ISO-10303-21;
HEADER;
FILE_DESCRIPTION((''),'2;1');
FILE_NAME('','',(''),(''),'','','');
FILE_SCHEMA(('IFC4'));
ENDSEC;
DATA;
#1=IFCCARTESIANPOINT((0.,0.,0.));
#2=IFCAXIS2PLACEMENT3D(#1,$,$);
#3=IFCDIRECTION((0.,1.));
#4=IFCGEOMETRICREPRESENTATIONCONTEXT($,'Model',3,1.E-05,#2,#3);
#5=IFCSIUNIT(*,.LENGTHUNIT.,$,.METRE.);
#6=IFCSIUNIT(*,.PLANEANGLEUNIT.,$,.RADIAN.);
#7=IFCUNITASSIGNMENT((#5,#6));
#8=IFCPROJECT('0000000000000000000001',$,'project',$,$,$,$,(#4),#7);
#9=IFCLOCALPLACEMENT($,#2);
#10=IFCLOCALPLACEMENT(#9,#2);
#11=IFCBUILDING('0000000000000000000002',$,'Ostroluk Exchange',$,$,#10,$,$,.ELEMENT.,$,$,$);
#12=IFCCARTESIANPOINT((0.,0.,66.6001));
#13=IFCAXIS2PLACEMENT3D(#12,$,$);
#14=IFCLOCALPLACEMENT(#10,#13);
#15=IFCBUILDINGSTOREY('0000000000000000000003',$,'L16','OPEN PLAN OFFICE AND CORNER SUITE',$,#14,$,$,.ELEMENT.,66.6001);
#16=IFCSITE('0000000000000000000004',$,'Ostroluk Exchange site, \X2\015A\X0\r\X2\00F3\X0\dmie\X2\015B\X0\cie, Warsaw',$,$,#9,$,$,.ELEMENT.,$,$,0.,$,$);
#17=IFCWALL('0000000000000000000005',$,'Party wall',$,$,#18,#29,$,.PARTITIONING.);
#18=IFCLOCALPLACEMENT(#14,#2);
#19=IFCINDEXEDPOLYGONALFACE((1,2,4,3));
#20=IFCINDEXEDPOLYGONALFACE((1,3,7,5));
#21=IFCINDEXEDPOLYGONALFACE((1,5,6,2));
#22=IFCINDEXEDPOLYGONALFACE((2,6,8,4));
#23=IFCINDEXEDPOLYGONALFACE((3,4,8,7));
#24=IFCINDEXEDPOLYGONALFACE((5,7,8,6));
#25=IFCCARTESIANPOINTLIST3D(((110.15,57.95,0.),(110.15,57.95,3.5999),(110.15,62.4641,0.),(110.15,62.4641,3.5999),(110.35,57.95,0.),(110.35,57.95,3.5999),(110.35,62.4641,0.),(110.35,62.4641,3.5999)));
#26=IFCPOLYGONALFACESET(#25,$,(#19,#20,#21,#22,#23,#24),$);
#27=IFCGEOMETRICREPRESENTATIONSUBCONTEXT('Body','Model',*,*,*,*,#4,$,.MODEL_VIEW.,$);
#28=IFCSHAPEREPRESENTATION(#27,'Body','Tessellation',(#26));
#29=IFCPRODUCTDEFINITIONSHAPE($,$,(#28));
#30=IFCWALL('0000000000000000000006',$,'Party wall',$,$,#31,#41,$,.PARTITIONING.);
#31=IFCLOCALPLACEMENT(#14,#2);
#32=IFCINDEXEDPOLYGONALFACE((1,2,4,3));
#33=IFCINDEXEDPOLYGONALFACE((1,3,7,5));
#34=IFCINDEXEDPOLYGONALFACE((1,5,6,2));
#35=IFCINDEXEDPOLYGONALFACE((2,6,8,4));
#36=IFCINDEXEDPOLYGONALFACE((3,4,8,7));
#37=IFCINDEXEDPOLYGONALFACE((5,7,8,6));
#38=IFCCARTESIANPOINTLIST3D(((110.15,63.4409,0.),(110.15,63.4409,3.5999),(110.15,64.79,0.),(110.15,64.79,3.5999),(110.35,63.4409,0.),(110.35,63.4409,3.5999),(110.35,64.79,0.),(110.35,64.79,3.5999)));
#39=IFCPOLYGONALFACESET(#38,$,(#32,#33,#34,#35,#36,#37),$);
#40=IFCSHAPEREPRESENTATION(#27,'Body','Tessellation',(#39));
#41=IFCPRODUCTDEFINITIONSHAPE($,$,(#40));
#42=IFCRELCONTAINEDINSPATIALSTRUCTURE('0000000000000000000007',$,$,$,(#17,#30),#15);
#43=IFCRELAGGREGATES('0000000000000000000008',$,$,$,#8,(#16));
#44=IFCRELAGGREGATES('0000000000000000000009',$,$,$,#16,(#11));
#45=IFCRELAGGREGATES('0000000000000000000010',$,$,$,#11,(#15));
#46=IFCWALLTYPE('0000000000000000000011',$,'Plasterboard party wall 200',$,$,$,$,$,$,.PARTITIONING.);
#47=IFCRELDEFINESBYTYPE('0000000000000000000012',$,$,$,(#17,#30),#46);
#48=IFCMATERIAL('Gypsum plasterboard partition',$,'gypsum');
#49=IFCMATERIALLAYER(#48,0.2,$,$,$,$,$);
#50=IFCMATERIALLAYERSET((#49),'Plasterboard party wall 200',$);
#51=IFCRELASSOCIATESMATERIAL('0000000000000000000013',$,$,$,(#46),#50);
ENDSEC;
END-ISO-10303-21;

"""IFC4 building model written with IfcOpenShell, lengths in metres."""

from ifc_helpers import new_model, si_unit, direction, frame, frame_2d, origin, place, context, subcontext, project, spatial, rectangle, extrude, material, layer, layer_set, type_object, element, save


model = new_model("IFC4")

# Units and contexts
model_context = context("Model", 3, precision=1e-05, world=origin(), true_north=direction((0.0, 1.0)))
body_context = subcontext(model_context, "Body", "Model", "MODEL_VIEW")
ifc_project = project(units=[si_unit("LENGTHUNIT", "METRE"), si_unit("PLANEANGLEUNIT", "RADIAN")], contexts=[model_context])

# Site, building, storey
site_placement = place(None, origin())
site = spatial("IfcSite", under=ifc_project, at=site_placement, Name="Ostroluk Exchange site, Śródmieście, Warsaw", CompositionType="ELEMENT", RefElevation=0.0)
building_placement = place(site_placement, origin())
building = spatial("IfcBuilding", under=site, at=building_placement, Name="Ostroluk Exchange", CompositionType="ELEMENT")
storey_placement = place(building_placement, frame((0.0, 0.0, 66.6001)))
storey = spatial("IfcBuildingStorey", under=building, at=storey_placement, Name="L16", Description="OPEN PLAN OFFICE AND CORNER SUITE", CompositionType="ELEMENT", Elevation=66.6001)

# Walls
ifc_material_1 = material(Name="Gypsum plasterboard partition", Category="gypsum")
ifc_layer_1 = layer(ifc_material_1, 0.2)
ifc_layer_set_1 = layer_set([ifc_layer_1], Name="Plasterboard party wall 200")
wall_type_1 = type_object("IfcWallType", Name="Plasterboard party wall 200", PredefinedType="PARTITIONING", material=ifc_layer_set_1)
wall_1_placement = place(storey_placement, frame((110.25, 57.95, 0.0), z_axis=(0.0, 0.0, 1.0), x_axis=(0.0, 1.0, 0.0)))
element("IfcWall", 1, at=wall_1_placement, inside=storey, type_object=wall_type_1, Name="Party wall", PredefinedType="PARTITIONING", context=body_context, shape_type="SweptSolid", body=[
    extrude(rectangle(XDim=4.5142, YDim=0.2, at=frame_2d((2.2571, 0.0))), origin(), (0.0, 0.0, 1.0), 3.5999),
])
wall_2_placement = place(storey_placement, frame((110.25, 63.4409, 0.0), z_axis=(0.0, 0.0, 1.0), x_axis=(0.0, 1.0, 0.0)))
element("IfcWall", 2, at=wall_2_placement, inside=storey, type_object=wall_type_1, Name="Party wall", PredefinedType="PARTITIONING", context=body_context, shape_type="SweptSolid", body=[
    extrude(rectangle(XDim=1.3491, YDim=0.2, at=frame_2d((0.6746, 0.0))), origin(), (0.0, 0.0, 1.0), 3.5999),
])

save(model, "model.ifc")
